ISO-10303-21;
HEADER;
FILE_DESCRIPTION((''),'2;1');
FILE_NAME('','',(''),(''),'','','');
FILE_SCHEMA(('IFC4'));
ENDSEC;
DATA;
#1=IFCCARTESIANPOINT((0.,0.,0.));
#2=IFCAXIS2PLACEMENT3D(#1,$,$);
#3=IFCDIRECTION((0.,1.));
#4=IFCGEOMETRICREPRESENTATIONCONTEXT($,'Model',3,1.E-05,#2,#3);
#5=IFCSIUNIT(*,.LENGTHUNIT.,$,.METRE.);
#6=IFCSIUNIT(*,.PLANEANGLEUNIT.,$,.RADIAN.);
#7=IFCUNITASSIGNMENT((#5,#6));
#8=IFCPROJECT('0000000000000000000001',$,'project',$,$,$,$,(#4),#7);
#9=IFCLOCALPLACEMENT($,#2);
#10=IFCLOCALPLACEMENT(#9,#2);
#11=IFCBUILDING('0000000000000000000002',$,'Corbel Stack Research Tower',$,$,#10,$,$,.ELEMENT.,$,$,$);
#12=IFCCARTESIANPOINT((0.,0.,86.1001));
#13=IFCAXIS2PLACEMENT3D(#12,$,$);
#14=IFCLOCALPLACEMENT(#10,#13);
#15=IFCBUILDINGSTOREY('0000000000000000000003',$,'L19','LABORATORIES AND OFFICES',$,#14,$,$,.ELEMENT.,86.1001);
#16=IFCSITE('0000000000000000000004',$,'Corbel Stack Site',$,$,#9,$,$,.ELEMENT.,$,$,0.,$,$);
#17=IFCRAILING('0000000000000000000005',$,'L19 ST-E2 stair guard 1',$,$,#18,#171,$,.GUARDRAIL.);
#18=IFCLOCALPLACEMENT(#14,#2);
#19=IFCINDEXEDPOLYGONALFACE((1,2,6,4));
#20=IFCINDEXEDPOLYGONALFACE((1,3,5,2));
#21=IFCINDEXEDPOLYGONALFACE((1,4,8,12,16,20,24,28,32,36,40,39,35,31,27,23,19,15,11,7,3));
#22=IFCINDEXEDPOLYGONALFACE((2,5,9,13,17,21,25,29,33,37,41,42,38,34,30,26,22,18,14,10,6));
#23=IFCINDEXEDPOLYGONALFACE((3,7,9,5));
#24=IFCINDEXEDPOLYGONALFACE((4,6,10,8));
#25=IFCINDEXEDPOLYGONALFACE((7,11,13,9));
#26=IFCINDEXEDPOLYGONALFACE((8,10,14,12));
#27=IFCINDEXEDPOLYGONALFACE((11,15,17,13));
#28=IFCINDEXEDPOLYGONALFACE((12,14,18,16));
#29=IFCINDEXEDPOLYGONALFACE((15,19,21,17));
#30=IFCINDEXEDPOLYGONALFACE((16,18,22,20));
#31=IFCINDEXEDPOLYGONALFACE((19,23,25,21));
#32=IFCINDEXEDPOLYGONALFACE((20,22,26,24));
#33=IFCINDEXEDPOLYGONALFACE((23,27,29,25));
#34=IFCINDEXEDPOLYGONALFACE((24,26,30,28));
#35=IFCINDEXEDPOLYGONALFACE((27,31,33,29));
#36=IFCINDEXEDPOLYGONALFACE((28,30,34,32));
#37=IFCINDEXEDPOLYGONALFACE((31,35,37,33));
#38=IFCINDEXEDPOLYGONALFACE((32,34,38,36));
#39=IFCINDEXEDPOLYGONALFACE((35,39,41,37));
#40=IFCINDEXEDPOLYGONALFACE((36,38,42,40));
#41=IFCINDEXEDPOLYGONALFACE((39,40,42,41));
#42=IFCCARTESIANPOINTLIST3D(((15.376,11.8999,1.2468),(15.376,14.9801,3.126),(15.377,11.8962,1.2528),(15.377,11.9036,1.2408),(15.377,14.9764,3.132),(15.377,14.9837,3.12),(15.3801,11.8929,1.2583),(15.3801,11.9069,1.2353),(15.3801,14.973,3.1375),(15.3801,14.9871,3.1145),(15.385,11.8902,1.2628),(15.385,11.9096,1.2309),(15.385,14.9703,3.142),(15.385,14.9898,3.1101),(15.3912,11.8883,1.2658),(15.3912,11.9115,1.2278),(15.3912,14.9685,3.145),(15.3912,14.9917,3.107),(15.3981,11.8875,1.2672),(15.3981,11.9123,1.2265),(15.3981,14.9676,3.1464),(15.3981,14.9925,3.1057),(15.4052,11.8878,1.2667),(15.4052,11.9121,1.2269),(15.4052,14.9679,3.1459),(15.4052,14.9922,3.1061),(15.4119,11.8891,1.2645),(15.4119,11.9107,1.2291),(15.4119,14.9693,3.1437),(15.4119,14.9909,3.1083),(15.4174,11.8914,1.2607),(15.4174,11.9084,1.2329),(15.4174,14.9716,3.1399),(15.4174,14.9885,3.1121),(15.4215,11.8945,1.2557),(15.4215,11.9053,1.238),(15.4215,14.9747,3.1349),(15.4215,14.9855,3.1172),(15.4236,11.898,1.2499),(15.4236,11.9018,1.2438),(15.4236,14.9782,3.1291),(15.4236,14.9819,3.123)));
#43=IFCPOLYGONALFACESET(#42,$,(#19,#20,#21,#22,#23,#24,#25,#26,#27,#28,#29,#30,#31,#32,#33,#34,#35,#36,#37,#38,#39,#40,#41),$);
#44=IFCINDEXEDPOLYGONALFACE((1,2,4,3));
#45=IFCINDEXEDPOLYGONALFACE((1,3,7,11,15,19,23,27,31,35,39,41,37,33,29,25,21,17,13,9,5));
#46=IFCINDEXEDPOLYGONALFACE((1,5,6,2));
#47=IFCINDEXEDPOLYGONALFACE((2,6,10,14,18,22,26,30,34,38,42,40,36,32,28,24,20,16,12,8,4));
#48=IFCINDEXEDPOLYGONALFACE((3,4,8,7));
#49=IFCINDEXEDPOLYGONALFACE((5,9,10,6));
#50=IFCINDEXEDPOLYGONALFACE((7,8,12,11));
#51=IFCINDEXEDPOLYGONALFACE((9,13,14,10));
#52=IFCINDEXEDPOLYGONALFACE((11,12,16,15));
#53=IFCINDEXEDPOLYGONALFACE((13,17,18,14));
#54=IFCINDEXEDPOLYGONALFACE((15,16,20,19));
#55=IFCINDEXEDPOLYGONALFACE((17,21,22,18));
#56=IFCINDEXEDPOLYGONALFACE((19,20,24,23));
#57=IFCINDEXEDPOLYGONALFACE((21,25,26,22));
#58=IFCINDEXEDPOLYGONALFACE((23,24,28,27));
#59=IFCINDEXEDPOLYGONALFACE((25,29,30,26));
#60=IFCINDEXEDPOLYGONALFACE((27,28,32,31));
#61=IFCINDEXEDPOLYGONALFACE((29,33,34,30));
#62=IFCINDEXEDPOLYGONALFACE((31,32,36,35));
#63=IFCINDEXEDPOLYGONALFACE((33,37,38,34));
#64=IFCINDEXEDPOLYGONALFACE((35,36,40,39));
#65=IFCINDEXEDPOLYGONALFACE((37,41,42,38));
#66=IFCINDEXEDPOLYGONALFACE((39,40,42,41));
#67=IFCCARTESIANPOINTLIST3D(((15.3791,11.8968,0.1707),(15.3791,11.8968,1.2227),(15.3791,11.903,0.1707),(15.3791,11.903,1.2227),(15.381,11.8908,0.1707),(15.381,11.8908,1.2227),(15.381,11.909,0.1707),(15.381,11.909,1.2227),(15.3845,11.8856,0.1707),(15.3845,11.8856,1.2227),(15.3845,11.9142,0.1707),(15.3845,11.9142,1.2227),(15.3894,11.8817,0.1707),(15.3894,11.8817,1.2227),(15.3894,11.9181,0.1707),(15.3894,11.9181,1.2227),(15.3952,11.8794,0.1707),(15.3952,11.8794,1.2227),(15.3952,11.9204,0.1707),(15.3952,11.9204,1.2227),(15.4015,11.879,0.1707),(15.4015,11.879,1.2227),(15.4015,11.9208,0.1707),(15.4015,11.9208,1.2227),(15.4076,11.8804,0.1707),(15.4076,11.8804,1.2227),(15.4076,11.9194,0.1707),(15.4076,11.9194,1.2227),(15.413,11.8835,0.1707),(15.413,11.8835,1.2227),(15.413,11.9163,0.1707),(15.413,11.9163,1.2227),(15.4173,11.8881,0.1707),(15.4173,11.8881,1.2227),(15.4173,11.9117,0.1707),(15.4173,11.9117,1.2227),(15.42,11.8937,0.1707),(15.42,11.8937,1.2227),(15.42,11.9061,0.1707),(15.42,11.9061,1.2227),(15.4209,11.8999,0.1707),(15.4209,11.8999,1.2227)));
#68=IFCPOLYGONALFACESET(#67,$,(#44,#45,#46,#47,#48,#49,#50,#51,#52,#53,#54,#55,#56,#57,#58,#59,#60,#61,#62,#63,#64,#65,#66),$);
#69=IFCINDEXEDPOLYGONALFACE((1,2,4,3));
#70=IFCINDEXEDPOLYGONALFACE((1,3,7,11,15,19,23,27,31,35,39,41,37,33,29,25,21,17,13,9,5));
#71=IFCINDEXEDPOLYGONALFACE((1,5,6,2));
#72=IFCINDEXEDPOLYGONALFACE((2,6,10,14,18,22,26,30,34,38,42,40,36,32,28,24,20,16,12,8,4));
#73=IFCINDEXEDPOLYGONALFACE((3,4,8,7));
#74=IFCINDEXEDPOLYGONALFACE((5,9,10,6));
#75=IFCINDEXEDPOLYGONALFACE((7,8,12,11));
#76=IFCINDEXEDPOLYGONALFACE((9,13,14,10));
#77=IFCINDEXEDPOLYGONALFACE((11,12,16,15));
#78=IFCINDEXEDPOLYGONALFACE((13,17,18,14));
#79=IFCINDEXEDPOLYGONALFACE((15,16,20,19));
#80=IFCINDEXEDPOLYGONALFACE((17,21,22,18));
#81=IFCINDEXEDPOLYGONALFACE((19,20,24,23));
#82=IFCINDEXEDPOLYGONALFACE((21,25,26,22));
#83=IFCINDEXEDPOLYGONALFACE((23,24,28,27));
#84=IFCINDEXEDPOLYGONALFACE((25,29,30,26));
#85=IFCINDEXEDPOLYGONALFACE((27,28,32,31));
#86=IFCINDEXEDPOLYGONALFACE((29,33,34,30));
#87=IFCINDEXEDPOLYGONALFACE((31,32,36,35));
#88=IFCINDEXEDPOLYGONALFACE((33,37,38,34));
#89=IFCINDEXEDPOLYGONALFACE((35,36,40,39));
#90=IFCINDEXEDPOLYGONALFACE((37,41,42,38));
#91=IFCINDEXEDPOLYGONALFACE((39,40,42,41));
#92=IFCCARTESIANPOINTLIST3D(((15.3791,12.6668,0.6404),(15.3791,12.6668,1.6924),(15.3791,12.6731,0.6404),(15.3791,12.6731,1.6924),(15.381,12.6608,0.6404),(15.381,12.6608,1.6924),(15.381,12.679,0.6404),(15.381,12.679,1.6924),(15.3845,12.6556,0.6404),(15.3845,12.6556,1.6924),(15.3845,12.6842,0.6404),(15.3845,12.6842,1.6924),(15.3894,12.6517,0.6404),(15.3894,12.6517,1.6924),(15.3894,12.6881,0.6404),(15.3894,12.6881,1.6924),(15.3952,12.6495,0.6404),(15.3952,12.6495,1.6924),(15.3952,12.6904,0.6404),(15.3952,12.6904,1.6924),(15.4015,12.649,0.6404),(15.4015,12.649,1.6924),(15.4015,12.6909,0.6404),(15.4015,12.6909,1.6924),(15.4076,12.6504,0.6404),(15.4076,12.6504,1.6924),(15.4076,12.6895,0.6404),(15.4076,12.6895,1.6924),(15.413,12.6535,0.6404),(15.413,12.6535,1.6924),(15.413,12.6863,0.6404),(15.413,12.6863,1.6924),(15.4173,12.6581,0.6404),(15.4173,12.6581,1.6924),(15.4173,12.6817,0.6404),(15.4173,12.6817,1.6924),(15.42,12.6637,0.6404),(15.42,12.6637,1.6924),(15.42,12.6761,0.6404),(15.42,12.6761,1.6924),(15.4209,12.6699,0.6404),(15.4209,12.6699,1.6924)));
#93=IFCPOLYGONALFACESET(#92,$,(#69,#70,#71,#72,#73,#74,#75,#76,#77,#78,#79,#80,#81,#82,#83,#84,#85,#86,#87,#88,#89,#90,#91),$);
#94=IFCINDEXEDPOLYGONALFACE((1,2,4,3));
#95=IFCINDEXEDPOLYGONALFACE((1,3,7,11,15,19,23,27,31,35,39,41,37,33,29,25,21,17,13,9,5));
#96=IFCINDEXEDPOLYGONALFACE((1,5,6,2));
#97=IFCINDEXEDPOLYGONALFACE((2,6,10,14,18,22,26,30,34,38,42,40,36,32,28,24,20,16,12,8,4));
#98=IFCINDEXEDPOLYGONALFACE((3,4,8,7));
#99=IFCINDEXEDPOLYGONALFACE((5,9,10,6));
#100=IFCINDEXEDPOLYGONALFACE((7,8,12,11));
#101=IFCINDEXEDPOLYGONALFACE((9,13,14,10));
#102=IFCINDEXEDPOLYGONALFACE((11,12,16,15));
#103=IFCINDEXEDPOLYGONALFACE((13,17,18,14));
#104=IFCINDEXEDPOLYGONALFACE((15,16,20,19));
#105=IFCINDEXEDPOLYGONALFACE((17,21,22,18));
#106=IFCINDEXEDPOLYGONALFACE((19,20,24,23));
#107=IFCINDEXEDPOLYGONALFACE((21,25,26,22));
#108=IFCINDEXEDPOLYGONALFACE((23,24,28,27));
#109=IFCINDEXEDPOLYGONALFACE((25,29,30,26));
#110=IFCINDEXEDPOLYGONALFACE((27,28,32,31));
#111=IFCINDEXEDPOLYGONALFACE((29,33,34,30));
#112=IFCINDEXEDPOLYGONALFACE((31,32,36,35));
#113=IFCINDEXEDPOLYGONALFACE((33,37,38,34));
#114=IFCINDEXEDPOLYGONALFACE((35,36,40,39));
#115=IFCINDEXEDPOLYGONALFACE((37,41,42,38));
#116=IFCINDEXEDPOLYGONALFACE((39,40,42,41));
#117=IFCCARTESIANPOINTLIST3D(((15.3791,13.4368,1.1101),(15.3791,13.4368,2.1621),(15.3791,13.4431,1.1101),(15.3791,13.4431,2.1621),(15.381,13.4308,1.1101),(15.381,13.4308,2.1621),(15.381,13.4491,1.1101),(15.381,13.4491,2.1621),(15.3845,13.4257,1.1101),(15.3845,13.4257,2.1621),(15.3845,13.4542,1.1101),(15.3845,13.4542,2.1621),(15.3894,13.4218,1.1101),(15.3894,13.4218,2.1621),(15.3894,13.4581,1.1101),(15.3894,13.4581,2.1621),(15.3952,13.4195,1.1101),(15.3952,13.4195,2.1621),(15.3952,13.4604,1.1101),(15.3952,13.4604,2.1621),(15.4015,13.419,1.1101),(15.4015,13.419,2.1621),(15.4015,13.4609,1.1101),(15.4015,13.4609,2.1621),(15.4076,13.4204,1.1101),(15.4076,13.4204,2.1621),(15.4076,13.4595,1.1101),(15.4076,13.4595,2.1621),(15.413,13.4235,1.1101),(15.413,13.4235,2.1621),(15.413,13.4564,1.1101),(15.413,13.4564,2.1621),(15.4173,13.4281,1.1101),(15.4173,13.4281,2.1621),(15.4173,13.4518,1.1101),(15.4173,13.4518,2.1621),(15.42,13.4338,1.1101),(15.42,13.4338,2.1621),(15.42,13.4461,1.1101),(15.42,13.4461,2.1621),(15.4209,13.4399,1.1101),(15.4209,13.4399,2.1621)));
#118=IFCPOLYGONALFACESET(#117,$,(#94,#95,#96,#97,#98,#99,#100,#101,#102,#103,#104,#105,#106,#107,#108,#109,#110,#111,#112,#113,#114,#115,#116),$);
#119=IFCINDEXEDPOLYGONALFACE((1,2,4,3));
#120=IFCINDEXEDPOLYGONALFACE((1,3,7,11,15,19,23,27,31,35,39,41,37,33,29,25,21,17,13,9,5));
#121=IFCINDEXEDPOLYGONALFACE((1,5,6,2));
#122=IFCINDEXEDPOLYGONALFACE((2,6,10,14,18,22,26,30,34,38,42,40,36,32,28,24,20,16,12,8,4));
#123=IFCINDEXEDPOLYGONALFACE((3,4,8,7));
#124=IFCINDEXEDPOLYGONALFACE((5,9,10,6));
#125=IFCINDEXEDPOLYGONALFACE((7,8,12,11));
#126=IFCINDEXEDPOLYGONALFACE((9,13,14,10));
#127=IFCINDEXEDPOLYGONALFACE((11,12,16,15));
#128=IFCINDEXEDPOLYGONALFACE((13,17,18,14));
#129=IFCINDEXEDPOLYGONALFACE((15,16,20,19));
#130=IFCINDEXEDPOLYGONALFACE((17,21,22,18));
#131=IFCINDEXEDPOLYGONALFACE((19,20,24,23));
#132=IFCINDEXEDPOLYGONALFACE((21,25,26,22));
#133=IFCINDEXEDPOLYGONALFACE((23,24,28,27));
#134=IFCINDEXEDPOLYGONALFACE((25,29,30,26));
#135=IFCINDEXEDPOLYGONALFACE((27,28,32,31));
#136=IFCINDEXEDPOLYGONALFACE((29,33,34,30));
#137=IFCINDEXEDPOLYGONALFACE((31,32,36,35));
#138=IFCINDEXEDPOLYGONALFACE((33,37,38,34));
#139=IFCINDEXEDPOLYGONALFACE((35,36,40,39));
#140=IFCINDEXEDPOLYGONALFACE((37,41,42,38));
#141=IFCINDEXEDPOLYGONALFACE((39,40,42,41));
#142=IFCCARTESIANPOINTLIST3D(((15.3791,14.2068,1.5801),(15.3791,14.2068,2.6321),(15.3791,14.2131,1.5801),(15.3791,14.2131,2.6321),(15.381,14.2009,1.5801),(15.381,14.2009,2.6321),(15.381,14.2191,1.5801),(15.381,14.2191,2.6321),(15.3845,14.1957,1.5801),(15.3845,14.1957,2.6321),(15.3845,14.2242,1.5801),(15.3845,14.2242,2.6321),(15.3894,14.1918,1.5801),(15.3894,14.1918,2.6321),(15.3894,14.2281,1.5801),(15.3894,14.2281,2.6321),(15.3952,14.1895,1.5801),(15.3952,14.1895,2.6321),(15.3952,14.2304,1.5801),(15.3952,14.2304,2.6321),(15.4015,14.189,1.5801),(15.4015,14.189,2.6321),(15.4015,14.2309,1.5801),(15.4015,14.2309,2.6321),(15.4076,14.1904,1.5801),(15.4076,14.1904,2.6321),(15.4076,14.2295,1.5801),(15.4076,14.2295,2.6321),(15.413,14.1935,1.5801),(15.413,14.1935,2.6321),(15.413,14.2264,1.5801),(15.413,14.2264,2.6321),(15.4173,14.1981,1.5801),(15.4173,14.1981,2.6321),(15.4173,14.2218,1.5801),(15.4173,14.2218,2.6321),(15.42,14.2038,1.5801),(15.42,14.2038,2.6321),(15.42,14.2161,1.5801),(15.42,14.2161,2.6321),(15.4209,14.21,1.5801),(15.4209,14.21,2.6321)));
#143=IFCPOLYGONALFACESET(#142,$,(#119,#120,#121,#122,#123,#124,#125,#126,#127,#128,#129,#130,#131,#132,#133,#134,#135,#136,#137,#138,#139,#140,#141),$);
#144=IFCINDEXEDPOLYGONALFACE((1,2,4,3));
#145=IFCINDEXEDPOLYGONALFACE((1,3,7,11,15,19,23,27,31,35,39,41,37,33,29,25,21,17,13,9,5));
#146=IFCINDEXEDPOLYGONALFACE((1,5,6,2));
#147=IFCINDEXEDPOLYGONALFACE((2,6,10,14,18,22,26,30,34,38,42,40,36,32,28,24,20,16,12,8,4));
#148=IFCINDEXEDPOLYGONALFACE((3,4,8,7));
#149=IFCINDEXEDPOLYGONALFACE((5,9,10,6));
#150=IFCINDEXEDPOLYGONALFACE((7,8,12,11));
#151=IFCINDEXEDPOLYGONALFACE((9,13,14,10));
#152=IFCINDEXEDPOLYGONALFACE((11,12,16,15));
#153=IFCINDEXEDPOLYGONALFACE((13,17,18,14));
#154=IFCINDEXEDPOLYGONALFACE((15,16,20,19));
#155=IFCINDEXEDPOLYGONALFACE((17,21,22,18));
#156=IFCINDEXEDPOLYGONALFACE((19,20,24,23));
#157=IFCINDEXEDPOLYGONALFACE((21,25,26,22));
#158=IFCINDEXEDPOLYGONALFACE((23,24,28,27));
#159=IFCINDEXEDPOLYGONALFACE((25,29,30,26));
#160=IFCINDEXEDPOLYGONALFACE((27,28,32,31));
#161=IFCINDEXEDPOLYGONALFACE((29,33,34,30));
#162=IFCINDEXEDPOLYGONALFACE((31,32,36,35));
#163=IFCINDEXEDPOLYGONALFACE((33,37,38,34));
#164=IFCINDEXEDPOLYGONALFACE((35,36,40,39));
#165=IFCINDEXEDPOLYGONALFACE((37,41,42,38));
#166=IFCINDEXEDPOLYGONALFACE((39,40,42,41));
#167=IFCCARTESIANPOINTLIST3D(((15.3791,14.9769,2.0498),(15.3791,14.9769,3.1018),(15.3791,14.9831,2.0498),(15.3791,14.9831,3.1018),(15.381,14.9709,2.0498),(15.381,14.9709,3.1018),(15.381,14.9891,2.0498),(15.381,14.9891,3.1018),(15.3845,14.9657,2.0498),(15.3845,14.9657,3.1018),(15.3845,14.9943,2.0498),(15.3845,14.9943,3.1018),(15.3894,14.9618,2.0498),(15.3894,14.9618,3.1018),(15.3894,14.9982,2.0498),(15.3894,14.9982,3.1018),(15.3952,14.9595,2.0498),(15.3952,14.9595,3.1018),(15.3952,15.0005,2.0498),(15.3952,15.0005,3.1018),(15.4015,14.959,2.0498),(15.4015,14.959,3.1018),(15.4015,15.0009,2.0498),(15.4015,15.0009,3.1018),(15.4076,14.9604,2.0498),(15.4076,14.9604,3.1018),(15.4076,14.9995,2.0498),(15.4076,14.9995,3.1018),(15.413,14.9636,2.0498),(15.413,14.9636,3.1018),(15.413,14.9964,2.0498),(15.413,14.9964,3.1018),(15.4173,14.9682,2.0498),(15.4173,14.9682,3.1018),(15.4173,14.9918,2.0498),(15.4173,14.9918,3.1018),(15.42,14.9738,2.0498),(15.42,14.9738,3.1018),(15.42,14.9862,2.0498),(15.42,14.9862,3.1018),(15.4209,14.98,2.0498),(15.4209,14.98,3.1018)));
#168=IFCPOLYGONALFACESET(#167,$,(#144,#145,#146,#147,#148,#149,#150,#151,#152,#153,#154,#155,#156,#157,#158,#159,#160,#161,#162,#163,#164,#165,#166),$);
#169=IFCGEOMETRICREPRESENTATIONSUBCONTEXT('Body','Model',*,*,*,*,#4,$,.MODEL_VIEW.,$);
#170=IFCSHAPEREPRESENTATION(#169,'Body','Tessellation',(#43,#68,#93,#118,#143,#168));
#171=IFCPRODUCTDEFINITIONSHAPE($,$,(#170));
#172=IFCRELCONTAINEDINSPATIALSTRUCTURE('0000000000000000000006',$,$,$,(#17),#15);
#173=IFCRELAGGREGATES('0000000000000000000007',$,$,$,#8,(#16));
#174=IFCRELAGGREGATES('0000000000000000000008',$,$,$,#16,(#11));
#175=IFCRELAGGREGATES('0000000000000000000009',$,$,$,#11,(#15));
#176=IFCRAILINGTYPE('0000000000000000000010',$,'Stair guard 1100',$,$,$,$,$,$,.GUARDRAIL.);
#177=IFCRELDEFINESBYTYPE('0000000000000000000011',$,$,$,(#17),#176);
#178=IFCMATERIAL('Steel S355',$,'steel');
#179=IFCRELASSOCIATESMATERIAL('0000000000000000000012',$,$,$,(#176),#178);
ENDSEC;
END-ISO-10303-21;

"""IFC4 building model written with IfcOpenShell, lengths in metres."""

from ifc_helpers import new_model, si_unit, direction, frame, origin, origin_2d, place, context, subcontext, project, spatial, circle, extrude, material, type_object, element, save


model = new_model("IFC4")

# Units and contexts
model_context = context("Model", 3, precision=1e-05, world=origin(), true_north=direction((0.0, 1.0)))
body_context = subcontext(model_context, "Body", "Model", "MODEL_VIEW")
ifc_project = project(units=[si_unit("LENGTHUNIT", "METRE"), si_unit("PLANEANGLEUNIT", "RADIAN")], contexts=[model_context])

# Site, building, storey
site_placement = place(None, origin())
site = spatial("IfcSite", under=ifc_project, at=site_placement, Name="Corbel Stack Site", CompositionType="ELEMENT", RefElevation=0.0)
building_placement = place(site_placement, origin())
building = spatial("IfcBuilding", under=site, at=building_placement, Name="Corbel Stack Research Tower", CompositionType="ELEMENT")
storey_placement = place(building_placement, frame((0.0, 0.0, 86.1001)))
storey = spatial("IfcBuildingStorey", under=building, at=storey_placement, Name="L19", Description="LABORATORIES AND OFFICES", CompositionType="ELEMENT", Elevation=86.1001)

# Railing
ifc_material_1 = material(Name="Steel S355", Category="steel")
railing_type_1 = type_object("IfcRailingType", Name="Stair guard 1100", PredefinedType="GUARDRAIL", material=ifc_material_1)
railing_1_placement = place(storey_placement, frame((15.3999, 11.8999, 0.1707)))
element("IfcRailing", 1, at=railing_1_placement, inside=storey, type_object=railing_type_1, Name="L19 ST-E2 stair guard 1", PredefinedType="GUARDRAIL", context=body_context, shape_type="SweptSolid", body=[
    extrude(circle(Radius=0.0239, at=origin_2d()), frame((0.0, 0.0, 1.0762), z_axis=(0.0, 0.853666, 0.52082), x_axis=(-1.0, 0.0, 0.0)), (0.0, 0.0, 1.0), 3.6082),
    extrude(circle(Radius=0.021, at=origin_2d()), origin(), (0.0, 0.0, 1.0), 1.052),
    extrude(circle(Radius=0.021, at=origin_2d()), frame((0.0, 0.77, 0.4697)), (0.0, 0.0, 1.0), 1.052),
    extrude(circle(Radius=0.021, at=origin_2d()), frame((0.0, 1.54, 0.9395)), (0.0, 0.0, 1.0), 1.052),
    extrude(circle(Radius=0.021, at=origin_2d()), frame((0.0, 2.3101, 1.4094)), (0.0, 0.0, 1.0), 1.052),
    extrude(circle(Radius=0.021, at=origin_2d()), frame((0.0, 3.0801, 1.8792)), (0.0, 0.0, 1.0), 1.052),
])

save(model, "model.ifc")
